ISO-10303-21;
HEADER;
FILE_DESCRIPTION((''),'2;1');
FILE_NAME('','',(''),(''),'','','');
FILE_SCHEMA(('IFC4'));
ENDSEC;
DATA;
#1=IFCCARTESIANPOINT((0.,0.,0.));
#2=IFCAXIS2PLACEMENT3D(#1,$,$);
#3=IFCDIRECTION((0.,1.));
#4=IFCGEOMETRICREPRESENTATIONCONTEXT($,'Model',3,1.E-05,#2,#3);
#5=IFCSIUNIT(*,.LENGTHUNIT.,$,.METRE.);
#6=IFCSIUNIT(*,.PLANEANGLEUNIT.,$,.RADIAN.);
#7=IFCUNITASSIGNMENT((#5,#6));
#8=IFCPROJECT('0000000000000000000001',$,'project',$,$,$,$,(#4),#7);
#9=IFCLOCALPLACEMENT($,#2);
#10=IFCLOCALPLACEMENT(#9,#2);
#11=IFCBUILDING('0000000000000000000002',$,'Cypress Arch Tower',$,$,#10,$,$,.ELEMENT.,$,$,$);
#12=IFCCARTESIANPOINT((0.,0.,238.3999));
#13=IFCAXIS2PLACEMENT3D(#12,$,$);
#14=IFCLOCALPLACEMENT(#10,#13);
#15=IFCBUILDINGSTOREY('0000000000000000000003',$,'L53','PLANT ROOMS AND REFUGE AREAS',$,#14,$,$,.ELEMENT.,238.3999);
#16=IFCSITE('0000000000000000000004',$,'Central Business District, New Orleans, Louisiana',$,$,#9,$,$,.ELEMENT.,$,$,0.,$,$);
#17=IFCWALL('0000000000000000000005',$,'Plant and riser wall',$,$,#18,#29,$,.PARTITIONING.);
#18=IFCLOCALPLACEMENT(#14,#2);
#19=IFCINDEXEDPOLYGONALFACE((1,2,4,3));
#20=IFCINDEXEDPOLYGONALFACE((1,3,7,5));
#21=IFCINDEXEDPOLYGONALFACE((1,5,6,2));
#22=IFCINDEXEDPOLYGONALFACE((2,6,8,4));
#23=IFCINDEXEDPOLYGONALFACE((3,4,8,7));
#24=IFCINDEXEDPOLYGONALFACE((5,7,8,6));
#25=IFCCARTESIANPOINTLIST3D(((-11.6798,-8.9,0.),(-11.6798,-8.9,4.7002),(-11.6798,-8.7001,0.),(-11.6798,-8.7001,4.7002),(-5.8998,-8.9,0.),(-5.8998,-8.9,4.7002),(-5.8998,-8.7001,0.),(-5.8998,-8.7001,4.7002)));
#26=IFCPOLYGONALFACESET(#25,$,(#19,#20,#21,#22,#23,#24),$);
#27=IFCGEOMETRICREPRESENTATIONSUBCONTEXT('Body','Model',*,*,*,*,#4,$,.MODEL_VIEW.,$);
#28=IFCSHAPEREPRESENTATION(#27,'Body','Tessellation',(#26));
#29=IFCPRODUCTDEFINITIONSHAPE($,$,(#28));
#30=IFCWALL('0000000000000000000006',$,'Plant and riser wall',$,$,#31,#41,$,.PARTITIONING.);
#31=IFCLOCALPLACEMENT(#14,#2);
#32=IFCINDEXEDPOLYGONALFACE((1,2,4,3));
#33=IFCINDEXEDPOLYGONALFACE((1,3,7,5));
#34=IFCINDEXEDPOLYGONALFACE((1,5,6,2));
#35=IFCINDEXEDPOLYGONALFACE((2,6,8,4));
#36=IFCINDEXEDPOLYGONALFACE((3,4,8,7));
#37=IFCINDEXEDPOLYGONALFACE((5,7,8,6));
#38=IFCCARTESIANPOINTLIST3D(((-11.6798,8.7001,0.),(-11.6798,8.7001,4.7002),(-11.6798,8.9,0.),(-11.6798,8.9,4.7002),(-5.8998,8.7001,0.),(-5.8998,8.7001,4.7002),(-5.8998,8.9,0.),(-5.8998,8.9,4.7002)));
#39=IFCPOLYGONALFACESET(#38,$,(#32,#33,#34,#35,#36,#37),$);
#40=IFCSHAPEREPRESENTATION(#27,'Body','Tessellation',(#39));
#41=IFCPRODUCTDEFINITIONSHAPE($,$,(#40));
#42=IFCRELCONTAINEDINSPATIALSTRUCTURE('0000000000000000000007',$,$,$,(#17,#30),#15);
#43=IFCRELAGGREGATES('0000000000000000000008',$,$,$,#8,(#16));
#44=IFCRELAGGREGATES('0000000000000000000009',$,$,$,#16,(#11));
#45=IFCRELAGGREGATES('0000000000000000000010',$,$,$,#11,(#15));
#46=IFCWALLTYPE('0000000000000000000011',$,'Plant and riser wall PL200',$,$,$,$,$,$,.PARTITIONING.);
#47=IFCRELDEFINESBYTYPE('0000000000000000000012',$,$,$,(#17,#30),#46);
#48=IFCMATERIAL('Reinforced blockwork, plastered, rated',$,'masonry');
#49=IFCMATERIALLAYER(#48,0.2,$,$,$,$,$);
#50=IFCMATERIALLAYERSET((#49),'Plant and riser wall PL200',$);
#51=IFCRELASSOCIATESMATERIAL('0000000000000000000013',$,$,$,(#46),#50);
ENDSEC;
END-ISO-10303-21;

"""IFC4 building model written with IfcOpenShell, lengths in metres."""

from ifc_helpers import new_model, si_unit, direction, frame, frame_2d, origin, place, context, subcontext, project, spatial, rectangle, extrude, material, layer, layer_set, type_object, element, save


model = new_model("IFC4")

# Units and contexts
model_context = context("Model", 3, precision=1e-05, world=origin(), true_north=direction((0.0, 1.0)))
body_context = subcontext(model_context, "Body", "Model", "MODEL_VIEW")
ifc_project = project(units=[si_unit("LENGTHUNIT", "METRE"), si_unit("PLANEANGLEUNIT", "RADIAN")], contexts=[model_context])

# Site, building, storey
site_placement = place(None, origin())
site = spatial("IfcSite", under=ifc_project, at=site_placement, Name="Central Business District, New Orleans, Louisiana", CompositionType="ELEMENT", RefElevation=0.0)
building_placement = place(site_placement, origin())
building = spatial("IfcBuilding", under=site, at=building_placement, Name="Cypress Arch Tower", CompositionType="ELEMENT")
storey_placement = place(building_placement, frame((0.0, 0.0, 238.3999)))
storey = spatial("IfcBuildingStorey", under=building, at=storey_placement, Name="L53", Description="PLANT ROOMS AND REFUGE AREAS", CompositionType="ELEMENT", Elevation=238.3999)

# Shared definitions
ifc_material_1 = material(Name="Reinforced blockwork, plastered, rated", Category="masonry")
ifc_layer_1 = layer(ifc_material_1, 0.2)
ifc_layer_set_1 = layer_set([ifc_layer_1], Name="Plant and riser wall PL200")
wall_type_1 = type_object("IfcWallType", Name="Plant and riser wall PL200", PredefinedType="PARTITIONING", material=ifc_layer_set_1)

# Walls
for number, where, z_axis, x_axis, name in (
    (1, (-11.6799, -8.8, 0.0), (0.0, 0.0, 1.0), (1.0, 0.0, 0.0), "Plant and riser wall"),
    (2, (-11.6799, 8.8, 0.0), (0.0, 0.0, 1.0), (1.0, 0.0, 0.0), "Plant and riser wall"),
):
    element("IfcWall", number, at=place(storey_placement, frame(where, z_axis=z_axis, x_axis=x_axis)), inside=storey, type_object=wall_type_1, Name=name, PredefinedType="PARTITIONING", context=body_context, shape_type="SweptSolid", body=[
        extrude(rectangle(XDim=5.78, YDim=0.2, at=frame_2d((2.8901, 0.0))), origin(), (0.0, 0.0, 1.0), 4.7002),
    ])

save(model, "model.ifc")
